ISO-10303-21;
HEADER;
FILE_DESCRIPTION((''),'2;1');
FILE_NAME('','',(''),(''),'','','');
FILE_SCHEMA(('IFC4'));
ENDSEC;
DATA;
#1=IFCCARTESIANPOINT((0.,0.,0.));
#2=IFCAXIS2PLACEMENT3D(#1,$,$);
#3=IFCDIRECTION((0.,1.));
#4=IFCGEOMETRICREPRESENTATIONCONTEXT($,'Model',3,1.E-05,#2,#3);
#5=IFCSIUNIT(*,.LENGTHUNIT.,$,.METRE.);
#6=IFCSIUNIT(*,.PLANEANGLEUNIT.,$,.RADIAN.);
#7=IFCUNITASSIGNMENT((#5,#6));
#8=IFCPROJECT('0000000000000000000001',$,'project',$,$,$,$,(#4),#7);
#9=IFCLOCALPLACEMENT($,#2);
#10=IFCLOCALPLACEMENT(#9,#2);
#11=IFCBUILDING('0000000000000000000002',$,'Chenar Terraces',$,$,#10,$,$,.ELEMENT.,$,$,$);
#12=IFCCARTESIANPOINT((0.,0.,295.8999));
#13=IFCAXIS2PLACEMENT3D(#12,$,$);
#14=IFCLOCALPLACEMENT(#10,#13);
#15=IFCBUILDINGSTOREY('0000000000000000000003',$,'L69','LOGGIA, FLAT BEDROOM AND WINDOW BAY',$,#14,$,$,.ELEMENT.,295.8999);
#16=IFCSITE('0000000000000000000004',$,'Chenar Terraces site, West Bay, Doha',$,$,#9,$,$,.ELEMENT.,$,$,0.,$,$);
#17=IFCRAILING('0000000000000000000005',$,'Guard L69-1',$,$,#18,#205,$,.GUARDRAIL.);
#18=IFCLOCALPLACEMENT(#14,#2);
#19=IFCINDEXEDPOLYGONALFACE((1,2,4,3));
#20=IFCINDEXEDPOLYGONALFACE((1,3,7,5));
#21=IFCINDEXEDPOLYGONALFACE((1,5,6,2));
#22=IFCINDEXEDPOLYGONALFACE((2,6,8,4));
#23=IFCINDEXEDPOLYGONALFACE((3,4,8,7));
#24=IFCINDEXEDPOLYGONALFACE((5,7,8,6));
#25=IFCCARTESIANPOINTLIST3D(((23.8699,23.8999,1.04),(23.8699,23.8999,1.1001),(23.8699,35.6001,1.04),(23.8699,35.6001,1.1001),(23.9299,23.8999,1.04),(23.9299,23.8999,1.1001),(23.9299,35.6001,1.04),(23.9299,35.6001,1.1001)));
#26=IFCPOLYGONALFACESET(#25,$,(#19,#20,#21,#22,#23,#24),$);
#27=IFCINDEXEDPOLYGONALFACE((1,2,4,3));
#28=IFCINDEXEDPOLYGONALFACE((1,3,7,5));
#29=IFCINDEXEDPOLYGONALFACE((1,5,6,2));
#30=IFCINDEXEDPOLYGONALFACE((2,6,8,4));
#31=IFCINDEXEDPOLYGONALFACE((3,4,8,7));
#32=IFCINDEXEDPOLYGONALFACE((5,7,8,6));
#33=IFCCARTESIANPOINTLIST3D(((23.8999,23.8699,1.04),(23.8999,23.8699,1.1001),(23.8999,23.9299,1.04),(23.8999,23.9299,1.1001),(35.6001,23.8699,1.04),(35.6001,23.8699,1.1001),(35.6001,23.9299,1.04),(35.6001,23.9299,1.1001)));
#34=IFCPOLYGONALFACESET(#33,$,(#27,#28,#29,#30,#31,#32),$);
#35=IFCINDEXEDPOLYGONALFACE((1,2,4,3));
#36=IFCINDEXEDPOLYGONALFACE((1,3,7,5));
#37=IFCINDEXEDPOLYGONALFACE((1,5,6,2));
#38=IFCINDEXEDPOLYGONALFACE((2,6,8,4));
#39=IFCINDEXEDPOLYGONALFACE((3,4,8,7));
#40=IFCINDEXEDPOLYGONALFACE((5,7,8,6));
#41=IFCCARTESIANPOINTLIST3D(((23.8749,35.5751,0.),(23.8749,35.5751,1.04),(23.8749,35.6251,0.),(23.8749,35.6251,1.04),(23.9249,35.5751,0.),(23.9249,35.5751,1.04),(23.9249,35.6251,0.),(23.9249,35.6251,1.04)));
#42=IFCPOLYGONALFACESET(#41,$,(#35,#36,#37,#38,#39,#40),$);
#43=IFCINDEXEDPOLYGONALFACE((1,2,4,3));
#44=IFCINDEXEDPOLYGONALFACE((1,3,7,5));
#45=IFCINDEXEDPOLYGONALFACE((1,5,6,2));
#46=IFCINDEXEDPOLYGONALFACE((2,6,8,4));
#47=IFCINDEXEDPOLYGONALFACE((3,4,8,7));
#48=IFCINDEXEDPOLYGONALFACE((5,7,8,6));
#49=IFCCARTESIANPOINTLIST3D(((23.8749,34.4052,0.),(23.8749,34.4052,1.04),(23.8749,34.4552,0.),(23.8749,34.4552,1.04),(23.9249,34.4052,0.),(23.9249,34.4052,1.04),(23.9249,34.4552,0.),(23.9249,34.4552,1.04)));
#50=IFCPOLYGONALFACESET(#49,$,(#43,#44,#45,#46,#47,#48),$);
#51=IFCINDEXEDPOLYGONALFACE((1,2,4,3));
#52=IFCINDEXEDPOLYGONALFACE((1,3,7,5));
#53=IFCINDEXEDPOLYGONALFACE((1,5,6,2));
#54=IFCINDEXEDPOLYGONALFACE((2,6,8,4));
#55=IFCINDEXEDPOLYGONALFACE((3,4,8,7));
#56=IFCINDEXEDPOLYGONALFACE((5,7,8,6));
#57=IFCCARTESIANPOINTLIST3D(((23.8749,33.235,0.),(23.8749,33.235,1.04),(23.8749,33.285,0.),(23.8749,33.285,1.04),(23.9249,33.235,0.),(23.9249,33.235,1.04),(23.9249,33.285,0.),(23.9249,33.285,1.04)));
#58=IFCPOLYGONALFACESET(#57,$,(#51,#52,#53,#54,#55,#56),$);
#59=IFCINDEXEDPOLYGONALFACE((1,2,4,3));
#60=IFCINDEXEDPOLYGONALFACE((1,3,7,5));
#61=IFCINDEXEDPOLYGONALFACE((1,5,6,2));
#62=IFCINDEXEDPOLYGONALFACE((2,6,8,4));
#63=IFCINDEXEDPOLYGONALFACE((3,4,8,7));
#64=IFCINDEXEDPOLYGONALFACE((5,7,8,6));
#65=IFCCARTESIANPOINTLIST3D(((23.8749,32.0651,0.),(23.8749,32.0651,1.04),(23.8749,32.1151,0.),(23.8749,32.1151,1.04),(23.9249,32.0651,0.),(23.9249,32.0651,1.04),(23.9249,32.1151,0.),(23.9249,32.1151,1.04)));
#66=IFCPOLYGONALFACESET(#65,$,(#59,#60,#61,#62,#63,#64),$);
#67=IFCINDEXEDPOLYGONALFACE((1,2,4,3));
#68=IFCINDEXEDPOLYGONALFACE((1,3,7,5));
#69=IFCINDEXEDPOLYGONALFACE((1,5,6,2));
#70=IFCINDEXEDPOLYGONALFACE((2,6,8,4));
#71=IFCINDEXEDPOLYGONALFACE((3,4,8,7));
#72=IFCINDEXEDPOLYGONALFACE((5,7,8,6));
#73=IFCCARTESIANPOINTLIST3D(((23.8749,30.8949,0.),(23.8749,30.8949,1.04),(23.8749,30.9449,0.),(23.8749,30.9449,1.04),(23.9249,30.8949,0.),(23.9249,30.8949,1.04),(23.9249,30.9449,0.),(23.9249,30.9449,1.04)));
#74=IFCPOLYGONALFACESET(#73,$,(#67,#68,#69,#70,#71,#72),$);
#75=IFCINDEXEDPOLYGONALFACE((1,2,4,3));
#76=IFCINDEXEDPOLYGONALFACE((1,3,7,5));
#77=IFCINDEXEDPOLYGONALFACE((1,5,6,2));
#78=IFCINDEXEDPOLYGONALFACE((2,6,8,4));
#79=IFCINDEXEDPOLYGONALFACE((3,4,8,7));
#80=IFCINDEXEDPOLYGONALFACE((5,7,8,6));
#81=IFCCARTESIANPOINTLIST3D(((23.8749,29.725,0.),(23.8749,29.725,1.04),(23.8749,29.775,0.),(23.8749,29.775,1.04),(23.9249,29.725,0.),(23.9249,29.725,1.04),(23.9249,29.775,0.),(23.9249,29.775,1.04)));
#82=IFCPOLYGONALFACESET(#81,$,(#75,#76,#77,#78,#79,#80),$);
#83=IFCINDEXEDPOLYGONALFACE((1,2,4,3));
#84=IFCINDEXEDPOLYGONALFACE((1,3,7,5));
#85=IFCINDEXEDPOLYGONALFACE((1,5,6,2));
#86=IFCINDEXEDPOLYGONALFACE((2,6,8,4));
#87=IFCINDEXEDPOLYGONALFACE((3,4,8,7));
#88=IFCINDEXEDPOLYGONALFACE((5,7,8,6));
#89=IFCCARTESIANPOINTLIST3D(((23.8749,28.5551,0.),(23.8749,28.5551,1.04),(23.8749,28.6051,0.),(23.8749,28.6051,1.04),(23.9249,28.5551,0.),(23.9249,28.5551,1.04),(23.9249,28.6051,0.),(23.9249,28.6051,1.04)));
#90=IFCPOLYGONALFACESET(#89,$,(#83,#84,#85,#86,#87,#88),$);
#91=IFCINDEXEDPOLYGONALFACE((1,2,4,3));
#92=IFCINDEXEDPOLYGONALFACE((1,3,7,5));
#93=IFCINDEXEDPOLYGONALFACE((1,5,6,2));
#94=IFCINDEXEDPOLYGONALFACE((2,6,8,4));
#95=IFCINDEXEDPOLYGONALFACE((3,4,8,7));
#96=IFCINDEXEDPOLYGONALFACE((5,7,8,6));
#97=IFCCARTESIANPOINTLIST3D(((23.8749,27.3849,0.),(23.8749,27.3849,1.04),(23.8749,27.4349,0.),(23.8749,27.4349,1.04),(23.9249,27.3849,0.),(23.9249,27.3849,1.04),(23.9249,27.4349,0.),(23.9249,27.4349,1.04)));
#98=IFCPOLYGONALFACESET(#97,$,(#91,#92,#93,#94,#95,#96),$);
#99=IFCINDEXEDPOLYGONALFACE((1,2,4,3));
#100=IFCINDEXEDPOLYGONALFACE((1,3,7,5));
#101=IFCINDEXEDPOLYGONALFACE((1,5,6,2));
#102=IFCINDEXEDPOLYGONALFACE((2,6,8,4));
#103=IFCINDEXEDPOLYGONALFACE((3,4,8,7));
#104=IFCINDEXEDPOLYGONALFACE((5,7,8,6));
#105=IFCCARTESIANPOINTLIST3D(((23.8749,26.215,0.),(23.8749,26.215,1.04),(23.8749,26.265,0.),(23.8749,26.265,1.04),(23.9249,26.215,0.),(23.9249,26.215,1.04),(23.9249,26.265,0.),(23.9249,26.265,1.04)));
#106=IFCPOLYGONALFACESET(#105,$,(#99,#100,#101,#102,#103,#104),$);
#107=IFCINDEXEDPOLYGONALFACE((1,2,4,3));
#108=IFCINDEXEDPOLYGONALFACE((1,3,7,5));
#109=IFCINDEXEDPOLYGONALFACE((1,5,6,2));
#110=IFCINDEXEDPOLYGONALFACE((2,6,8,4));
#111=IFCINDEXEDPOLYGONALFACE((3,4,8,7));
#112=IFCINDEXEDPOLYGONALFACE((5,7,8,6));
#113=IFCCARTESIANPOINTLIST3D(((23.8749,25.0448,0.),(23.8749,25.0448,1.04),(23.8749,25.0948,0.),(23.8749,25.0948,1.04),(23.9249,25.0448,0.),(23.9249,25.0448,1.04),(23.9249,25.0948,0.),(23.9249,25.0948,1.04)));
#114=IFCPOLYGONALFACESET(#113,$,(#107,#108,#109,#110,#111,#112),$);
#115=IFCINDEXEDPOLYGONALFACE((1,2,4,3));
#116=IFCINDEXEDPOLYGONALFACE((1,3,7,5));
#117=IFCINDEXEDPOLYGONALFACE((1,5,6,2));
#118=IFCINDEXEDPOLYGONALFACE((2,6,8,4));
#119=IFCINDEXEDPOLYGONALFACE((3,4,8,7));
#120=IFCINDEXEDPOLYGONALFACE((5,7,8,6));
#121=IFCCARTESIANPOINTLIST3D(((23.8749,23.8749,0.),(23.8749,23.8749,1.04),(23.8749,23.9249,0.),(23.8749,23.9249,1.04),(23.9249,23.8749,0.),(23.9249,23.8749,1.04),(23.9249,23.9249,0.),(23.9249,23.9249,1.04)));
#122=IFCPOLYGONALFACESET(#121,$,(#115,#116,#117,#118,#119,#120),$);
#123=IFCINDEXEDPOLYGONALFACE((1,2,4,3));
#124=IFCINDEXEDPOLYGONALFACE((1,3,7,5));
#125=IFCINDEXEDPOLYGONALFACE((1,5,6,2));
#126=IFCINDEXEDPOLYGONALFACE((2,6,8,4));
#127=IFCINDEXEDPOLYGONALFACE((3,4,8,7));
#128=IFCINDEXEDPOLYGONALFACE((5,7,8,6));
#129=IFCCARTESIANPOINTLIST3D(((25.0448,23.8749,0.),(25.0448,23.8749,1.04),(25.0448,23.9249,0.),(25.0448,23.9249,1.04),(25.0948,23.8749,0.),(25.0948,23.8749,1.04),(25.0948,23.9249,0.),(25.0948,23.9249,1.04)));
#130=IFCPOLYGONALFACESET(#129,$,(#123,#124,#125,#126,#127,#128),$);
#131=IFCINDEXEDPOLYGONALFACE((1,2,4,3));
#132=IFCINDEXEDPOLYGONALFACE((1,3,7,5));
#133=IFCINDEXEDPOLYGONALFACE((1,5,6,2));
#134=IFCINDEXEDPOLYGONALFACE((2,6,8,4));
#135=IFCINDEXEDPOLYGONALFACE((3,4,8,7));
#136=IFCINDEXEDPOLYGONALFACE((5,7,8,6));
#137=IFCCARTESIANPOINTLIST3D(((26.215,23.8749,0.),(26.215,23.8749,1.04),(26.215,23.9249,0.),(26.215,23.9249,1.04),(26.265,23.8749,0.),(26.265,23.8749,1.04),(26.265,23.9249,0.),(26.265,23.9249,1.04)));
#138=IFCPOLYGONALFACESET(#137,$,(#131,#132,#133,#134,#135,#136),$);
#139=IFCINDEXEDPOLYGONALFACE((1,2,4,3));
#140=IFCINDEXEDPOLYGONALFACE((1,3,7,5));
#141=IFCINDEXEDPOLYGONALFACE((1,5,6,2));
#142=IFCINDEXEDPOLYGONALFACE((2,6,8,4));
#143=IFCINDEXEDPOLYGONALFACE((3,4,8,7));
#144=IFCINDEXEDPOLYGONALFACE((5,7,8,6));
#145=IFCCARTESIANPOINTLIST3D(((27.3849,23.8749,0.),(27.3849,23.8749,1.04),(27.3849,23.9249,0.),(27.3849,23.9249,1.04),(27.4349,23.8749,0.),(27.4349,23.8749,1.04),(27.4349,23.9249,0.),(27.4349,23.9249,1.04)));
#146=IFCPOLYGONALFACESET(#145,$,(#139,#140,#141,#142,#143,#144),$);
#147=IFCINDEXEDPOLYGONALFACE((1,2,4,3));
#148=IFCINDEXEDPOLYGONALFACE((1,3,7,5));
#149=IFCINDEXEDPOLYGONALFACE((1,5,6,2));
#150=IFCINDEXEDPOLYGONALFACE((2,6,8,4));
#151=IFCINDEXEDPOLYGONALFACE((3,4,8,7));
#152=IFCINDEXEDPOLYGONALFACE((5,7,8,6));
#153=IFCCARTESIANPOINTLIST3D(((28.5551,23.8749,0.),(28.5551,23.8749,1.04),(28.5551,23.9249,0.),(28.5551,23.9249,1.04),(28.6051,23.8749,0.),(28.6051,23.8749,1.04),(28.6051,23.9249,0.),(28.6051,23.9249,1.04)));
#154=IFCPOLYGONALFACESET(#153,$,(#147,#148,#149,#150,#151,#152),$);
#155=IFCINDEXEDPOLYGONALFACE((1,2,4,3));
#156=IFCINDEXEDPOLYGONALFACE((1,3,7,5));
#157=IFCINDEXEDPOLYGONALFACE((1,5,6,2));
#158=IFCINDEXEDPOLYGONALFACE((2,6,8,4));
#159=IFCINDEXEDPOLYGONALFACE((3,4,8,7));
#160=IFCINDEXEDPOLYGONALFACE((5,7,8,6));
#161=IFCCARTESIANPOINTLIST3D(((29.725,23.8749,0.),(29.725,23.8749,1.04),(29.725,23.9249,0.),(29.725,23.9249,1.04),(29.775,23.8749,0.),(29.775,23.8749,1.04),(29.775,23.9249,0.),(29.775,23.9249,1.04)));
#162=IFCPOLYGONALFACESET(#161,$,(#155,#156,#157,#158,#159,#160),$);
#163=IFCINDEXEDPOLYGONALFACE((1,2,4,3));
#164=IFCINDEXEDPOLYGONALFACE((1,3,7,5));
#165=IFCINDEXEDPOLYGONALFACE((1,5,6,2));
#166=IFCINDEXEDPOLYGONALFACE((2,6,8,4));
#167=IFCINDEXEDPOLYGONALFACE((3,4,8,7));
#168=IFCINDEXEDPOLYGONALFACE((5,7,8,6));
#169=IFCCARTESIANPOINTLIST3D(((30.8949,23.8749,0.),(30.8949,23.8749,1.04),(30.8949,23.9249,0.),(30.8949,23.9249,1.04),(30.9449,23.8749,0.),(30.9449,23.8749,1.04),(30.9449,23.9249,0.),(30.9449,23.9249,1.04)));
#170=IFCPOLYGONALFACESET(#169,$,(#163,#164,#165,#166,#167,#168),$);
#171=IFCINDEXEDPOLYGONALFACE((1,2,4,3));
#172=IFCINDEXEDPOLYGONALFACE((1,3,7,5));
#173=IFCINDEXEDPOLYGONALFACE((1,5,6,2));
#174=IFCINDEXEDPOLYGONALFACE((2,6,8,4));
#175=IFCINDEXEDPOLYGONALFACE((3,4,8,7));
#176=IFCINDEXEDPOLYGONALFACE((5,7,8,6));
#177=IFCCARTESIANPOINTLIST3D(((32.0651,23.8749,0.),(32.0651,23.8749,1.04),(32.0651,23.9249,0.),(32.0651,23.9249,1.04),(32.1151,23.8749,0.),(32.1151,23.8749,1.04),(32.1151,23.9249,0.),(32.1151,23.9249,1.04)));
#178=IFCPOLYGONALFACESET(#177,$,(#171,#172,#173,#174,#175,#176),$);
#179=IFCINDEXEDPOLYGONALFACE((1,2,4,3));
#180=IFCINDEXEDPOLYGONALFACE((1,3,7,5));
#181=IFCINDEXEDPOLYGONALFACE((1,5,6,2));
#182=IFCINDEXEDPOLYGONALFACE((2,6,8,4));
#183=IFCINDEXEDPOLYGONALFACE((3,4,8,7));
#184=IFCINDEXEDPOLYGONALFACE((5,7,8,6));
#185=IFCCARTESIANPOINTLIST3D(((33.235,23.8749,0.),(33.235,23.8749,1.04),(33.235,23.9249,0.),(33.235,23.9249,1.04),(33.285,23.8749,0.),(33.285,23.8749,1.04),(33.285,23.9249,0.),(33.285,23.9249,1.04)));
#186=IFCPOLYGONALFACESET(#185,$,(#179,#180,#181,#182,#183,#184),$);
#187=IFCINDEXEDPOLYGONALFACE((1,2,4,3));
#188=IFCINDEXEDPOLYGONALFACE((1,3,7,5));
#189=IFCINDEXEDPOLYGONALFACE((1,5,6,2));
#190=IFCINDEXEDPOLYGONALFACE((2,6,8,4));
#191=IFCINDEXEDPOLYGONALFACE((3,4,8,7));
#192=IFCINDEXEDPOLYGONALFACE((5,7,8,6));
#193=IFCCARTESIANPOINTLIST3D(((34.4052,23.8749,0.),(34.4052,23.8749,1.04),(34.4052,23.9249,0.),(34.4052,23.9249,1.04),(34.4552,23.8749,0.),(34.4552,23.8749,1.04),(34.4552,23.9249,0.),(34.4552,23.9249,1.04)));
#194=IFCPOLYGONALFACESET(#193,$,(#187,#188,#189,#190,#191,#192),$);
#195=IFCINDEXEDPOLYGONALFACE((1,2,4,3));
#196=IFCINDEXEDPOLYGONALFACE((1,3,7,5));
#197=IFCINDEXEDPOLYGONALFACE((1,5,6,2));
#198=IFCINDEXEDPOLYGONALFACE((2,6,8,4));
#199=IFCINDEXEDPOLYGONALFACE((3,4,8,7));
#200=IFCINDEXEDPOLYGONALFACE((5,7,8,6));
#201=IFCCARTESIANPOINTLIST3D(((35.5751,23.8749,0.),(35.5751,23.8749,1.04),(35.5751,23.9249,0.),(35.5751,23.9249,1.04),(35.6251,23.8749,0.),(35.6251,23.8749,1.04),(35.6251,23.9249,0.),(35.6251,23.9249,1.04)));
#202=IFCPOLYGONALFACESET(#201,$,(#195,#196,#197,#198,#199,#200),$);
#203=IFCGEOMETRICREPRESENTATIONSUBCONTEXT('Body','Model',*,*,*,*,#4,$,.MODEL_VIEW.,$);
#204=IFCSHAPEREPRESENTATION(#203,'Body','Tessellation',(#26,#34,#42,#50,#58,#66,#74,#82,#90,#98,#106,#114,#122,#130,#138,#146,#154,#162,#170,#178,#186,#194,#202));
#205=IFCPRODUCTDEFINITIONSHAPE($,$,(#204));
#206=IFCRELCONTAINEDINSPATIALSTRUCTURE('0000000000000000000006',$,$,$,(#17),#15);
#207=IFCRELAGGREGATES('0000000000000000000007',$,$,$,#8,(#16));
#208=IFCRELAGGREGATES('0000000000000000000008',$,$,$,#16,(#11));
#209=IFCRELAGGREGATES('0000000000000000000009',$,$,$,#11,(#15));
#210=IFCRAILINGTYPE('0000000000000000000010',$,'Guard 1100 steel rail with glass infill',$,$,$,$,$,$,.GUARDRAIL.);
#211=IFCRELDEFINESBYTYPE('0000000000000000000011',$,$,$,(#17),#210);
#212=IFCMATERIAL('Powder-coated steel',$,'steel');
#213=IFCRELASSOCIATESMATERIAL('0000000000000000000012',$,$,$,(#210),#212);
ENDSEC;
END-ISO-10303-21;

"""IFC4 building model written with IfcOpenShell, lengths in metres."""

from ifc_helpers import new_model, si_unit, direction, frame, origin, origin_2d, place, context, subcontext, project, spatial, rectangle, extrude, material, type_object, element, save


model = new_model("IFC4")

# Units and contexts
model_context = context("Model", 3, precision=1e-05, world=origin(), true_north=direction((0.0, 1.0)))
body_context = subcontext(model_context, "Body", "Model", "MODEL_VIEW")
ifc_project = project(units=[si_unit("LENGTHUNIT", "METRE"), si_unit("PLANEANGLEUNIT", "RADIAN")], contexts=[model_context])

# Site, building, storey
site_placement = place(None, origin())
site = spatial("IfcSite", under=ifc_project, at=site_placement, Name="Chenar Terraces site, West Bay, Doha", CompositionType="ELEMENT", RefElevation=0.0)
building_placement = place(site_placement, origin())
building = spatial("IfcBuilding", under=site, at=building_placement, Name="Chenar Terraces", CompositionType="ELEMENT")
storey_placement = place(building_placement, frame((0.0, 0.0, 295.8999)))
storey = spatial("IfcBuildingStorey", under=building, at=storey_placement, Name="L69", Description="LOGGIA, FLAT BEDROOM AND WINDOW BAY", CompositionType="ELEMENT", Elevation=295.8999)

# Railing
ifc_material_1 = material(Name="Powder-coated steel", Category="steel")
railing_type = type_object("IfcRailingType", Name="Guard 1100 steel rail with glass infill", PredefinedType="GUARDRAIL", material=ifc_material_1)
railing_placement = place(storey_placement, frame((23.8999, 35.6001, 0.0)))
element("IfcRailing", 1, at=railing_placement, inside=storey, type_object=railing_type, Name="Guard L69-1", PredefinedType="GUARDRAIL", context=body_context, shape_type="SweptSolid", body=[
    extrude(rectangle(XDim=0.0601, YDim=0.0601, at=origin_2d()), frame((0.0, 0.0, 1.0701), z_axis=(0.0, -1.0, 0.0), x_axis=(1.0, 0.0, 0.0)), (0.0, 0.0, 1.0), 11.7002),
    extrude(rectangle(XDim=0.0601, YDim=0.0601, at=origin_2d()), frame((0.0, -11.7002, 1.0701), z_axis=(1.0, 0.0, 0.0), x_axis=(0.0, 1.0, 0.0)), (0.0, 0.0, 1.0), 11.7002),
    extrude(rectangle(XDim=0.05, YDim=0.05, at=origin_2d()), origin(), (0.0, 0.0, 1.0), 1.04),
    extrude(rectangle(XDim=0.05, YDim=0.05, at=origin_2d()), frame((0.0, -1.1699, 0.0)), (0.0, 0.0, 1.0), 1.04),
    extrude(rectangle(XDim=0.05, YDim=0.05, at=origin_2d()), frame((0.0, -2.3401, 0.0)), (0.0, 0.0, 1.0), 1.04),
    extrude(rectangle(XDim=0.05, YDim=0.05, at=origin_2d()), frame((0.0, -3.51, 0.0)), (0.0, 0.0, 1.0), 1.04),
    extrude(rectangle(XDim=0.05, YDim=0.05, at=origin_2d()), frame((0.0, -4.6802, 0.0)), (0.0, 0.0, 1.0), 1.04),
    extrude(rectangle(XDim=0.05, YDim=0.05, at=origin_2d()), frame((0.0, -5.8501, 0.0)), (0.0, 0.0, 1.0), 1.04),
    extrude(rectangle(XDim=0.05, YDim=0.05, at=origin_2d()), frame((0.0, -7.02, 0.0)), (0.0, 0.0, 1.0), 1.04),
    extrude(rectangle(XDim=0.05, YDim=0.05, at=origin_2d()), frame((0.0, -8.1902, 0.0)), (0.0, 0.0, 1.0), 1.04),
    extrude(rectangle(XDim=0.05, YDim=0.05, at=origin_2d()), frame((0.0, -9.3601, 0.0)), (0.0, 0.0, 1.0), 1.04),
    extrude(rectangle(XDim=0.05, YDim=0.05, at=origin_2d()), frame((0.0, -10.5303, 0.0)), (0.0, 0.0, 1.0), 1.04),
    extrude(rectangle(XDim=0.05, YDim=0.05, at=origin_2d()), frame((0.0, -11.7002, 0.0)), (0.0, 0.0, 1.0), 1.04),
    extrude(rectangle(XDim=0.05, YDim=0.05, at=origin_2d()), frame((1.1699, -11.7002, 0.0)), (0.0, 0.0, 1.0), 1.04),
    extrude(rectangle(XDim=0.05, YDim=0.05, at=origin_2d()), frame((2.3401, -11.7002, 0.0)), (0.0, 0.0, 1.0), 1.04),
    extrude(rectangle(XDim=0.05, YDim=0.05, at=origin_2d()), frame((3.51, -11.7002, 0.0)), (0.0, 0.0, 1.0), 1.04),
    extrude(rectangle(XDim=0.05, YDim=0.05, at=origin_2d()), frame((4.6802, -11.7002, 0.0)), (0.0, 0.0, 1.0), 1.04),
    extrude(rectangle(XDim=0.05, YDim=0.05, at=origin_2d()), frame((5.8501, -11.7002, 0.0)), (0.0, 0.0, 1.0), 1.04),
    extrude(rectangle(XDim=0.05, YDim=0.05, at=origin_2d()), frame((7.02, -11.7002, 0.0)), (0.0, 0.0, 1.0), 1.04),
    extrude(rectangle(XDim=0.05, YDim=0.05, at=origin_2d()), frame((8.1902, -11.7002, 0.0)), (0.0, 0.0, 1.0), 1.04),
    extrude(rectangle(XDim=0.05, YDim=0.05, at=origin_2d()), frame((9.3601, -11.7002, 0.0)), (0.0, 0.0, 1.0), 1.04),
    extrude(rectangle(XDim=0.05, YDim=0.05, at=origin_2d()), frame((10.5303, -11.7002, 0.0)), (0.0, 0.0, 1.0), 1.04),
    extrude(rectangle(XDim=0.05, YDim=0.05, at=origin_2d()), frame((11.7002, -11.7002, 0.0)), (0.0, 0.0, 1.0), 1.04),
])

save(model, "model.ifc")
